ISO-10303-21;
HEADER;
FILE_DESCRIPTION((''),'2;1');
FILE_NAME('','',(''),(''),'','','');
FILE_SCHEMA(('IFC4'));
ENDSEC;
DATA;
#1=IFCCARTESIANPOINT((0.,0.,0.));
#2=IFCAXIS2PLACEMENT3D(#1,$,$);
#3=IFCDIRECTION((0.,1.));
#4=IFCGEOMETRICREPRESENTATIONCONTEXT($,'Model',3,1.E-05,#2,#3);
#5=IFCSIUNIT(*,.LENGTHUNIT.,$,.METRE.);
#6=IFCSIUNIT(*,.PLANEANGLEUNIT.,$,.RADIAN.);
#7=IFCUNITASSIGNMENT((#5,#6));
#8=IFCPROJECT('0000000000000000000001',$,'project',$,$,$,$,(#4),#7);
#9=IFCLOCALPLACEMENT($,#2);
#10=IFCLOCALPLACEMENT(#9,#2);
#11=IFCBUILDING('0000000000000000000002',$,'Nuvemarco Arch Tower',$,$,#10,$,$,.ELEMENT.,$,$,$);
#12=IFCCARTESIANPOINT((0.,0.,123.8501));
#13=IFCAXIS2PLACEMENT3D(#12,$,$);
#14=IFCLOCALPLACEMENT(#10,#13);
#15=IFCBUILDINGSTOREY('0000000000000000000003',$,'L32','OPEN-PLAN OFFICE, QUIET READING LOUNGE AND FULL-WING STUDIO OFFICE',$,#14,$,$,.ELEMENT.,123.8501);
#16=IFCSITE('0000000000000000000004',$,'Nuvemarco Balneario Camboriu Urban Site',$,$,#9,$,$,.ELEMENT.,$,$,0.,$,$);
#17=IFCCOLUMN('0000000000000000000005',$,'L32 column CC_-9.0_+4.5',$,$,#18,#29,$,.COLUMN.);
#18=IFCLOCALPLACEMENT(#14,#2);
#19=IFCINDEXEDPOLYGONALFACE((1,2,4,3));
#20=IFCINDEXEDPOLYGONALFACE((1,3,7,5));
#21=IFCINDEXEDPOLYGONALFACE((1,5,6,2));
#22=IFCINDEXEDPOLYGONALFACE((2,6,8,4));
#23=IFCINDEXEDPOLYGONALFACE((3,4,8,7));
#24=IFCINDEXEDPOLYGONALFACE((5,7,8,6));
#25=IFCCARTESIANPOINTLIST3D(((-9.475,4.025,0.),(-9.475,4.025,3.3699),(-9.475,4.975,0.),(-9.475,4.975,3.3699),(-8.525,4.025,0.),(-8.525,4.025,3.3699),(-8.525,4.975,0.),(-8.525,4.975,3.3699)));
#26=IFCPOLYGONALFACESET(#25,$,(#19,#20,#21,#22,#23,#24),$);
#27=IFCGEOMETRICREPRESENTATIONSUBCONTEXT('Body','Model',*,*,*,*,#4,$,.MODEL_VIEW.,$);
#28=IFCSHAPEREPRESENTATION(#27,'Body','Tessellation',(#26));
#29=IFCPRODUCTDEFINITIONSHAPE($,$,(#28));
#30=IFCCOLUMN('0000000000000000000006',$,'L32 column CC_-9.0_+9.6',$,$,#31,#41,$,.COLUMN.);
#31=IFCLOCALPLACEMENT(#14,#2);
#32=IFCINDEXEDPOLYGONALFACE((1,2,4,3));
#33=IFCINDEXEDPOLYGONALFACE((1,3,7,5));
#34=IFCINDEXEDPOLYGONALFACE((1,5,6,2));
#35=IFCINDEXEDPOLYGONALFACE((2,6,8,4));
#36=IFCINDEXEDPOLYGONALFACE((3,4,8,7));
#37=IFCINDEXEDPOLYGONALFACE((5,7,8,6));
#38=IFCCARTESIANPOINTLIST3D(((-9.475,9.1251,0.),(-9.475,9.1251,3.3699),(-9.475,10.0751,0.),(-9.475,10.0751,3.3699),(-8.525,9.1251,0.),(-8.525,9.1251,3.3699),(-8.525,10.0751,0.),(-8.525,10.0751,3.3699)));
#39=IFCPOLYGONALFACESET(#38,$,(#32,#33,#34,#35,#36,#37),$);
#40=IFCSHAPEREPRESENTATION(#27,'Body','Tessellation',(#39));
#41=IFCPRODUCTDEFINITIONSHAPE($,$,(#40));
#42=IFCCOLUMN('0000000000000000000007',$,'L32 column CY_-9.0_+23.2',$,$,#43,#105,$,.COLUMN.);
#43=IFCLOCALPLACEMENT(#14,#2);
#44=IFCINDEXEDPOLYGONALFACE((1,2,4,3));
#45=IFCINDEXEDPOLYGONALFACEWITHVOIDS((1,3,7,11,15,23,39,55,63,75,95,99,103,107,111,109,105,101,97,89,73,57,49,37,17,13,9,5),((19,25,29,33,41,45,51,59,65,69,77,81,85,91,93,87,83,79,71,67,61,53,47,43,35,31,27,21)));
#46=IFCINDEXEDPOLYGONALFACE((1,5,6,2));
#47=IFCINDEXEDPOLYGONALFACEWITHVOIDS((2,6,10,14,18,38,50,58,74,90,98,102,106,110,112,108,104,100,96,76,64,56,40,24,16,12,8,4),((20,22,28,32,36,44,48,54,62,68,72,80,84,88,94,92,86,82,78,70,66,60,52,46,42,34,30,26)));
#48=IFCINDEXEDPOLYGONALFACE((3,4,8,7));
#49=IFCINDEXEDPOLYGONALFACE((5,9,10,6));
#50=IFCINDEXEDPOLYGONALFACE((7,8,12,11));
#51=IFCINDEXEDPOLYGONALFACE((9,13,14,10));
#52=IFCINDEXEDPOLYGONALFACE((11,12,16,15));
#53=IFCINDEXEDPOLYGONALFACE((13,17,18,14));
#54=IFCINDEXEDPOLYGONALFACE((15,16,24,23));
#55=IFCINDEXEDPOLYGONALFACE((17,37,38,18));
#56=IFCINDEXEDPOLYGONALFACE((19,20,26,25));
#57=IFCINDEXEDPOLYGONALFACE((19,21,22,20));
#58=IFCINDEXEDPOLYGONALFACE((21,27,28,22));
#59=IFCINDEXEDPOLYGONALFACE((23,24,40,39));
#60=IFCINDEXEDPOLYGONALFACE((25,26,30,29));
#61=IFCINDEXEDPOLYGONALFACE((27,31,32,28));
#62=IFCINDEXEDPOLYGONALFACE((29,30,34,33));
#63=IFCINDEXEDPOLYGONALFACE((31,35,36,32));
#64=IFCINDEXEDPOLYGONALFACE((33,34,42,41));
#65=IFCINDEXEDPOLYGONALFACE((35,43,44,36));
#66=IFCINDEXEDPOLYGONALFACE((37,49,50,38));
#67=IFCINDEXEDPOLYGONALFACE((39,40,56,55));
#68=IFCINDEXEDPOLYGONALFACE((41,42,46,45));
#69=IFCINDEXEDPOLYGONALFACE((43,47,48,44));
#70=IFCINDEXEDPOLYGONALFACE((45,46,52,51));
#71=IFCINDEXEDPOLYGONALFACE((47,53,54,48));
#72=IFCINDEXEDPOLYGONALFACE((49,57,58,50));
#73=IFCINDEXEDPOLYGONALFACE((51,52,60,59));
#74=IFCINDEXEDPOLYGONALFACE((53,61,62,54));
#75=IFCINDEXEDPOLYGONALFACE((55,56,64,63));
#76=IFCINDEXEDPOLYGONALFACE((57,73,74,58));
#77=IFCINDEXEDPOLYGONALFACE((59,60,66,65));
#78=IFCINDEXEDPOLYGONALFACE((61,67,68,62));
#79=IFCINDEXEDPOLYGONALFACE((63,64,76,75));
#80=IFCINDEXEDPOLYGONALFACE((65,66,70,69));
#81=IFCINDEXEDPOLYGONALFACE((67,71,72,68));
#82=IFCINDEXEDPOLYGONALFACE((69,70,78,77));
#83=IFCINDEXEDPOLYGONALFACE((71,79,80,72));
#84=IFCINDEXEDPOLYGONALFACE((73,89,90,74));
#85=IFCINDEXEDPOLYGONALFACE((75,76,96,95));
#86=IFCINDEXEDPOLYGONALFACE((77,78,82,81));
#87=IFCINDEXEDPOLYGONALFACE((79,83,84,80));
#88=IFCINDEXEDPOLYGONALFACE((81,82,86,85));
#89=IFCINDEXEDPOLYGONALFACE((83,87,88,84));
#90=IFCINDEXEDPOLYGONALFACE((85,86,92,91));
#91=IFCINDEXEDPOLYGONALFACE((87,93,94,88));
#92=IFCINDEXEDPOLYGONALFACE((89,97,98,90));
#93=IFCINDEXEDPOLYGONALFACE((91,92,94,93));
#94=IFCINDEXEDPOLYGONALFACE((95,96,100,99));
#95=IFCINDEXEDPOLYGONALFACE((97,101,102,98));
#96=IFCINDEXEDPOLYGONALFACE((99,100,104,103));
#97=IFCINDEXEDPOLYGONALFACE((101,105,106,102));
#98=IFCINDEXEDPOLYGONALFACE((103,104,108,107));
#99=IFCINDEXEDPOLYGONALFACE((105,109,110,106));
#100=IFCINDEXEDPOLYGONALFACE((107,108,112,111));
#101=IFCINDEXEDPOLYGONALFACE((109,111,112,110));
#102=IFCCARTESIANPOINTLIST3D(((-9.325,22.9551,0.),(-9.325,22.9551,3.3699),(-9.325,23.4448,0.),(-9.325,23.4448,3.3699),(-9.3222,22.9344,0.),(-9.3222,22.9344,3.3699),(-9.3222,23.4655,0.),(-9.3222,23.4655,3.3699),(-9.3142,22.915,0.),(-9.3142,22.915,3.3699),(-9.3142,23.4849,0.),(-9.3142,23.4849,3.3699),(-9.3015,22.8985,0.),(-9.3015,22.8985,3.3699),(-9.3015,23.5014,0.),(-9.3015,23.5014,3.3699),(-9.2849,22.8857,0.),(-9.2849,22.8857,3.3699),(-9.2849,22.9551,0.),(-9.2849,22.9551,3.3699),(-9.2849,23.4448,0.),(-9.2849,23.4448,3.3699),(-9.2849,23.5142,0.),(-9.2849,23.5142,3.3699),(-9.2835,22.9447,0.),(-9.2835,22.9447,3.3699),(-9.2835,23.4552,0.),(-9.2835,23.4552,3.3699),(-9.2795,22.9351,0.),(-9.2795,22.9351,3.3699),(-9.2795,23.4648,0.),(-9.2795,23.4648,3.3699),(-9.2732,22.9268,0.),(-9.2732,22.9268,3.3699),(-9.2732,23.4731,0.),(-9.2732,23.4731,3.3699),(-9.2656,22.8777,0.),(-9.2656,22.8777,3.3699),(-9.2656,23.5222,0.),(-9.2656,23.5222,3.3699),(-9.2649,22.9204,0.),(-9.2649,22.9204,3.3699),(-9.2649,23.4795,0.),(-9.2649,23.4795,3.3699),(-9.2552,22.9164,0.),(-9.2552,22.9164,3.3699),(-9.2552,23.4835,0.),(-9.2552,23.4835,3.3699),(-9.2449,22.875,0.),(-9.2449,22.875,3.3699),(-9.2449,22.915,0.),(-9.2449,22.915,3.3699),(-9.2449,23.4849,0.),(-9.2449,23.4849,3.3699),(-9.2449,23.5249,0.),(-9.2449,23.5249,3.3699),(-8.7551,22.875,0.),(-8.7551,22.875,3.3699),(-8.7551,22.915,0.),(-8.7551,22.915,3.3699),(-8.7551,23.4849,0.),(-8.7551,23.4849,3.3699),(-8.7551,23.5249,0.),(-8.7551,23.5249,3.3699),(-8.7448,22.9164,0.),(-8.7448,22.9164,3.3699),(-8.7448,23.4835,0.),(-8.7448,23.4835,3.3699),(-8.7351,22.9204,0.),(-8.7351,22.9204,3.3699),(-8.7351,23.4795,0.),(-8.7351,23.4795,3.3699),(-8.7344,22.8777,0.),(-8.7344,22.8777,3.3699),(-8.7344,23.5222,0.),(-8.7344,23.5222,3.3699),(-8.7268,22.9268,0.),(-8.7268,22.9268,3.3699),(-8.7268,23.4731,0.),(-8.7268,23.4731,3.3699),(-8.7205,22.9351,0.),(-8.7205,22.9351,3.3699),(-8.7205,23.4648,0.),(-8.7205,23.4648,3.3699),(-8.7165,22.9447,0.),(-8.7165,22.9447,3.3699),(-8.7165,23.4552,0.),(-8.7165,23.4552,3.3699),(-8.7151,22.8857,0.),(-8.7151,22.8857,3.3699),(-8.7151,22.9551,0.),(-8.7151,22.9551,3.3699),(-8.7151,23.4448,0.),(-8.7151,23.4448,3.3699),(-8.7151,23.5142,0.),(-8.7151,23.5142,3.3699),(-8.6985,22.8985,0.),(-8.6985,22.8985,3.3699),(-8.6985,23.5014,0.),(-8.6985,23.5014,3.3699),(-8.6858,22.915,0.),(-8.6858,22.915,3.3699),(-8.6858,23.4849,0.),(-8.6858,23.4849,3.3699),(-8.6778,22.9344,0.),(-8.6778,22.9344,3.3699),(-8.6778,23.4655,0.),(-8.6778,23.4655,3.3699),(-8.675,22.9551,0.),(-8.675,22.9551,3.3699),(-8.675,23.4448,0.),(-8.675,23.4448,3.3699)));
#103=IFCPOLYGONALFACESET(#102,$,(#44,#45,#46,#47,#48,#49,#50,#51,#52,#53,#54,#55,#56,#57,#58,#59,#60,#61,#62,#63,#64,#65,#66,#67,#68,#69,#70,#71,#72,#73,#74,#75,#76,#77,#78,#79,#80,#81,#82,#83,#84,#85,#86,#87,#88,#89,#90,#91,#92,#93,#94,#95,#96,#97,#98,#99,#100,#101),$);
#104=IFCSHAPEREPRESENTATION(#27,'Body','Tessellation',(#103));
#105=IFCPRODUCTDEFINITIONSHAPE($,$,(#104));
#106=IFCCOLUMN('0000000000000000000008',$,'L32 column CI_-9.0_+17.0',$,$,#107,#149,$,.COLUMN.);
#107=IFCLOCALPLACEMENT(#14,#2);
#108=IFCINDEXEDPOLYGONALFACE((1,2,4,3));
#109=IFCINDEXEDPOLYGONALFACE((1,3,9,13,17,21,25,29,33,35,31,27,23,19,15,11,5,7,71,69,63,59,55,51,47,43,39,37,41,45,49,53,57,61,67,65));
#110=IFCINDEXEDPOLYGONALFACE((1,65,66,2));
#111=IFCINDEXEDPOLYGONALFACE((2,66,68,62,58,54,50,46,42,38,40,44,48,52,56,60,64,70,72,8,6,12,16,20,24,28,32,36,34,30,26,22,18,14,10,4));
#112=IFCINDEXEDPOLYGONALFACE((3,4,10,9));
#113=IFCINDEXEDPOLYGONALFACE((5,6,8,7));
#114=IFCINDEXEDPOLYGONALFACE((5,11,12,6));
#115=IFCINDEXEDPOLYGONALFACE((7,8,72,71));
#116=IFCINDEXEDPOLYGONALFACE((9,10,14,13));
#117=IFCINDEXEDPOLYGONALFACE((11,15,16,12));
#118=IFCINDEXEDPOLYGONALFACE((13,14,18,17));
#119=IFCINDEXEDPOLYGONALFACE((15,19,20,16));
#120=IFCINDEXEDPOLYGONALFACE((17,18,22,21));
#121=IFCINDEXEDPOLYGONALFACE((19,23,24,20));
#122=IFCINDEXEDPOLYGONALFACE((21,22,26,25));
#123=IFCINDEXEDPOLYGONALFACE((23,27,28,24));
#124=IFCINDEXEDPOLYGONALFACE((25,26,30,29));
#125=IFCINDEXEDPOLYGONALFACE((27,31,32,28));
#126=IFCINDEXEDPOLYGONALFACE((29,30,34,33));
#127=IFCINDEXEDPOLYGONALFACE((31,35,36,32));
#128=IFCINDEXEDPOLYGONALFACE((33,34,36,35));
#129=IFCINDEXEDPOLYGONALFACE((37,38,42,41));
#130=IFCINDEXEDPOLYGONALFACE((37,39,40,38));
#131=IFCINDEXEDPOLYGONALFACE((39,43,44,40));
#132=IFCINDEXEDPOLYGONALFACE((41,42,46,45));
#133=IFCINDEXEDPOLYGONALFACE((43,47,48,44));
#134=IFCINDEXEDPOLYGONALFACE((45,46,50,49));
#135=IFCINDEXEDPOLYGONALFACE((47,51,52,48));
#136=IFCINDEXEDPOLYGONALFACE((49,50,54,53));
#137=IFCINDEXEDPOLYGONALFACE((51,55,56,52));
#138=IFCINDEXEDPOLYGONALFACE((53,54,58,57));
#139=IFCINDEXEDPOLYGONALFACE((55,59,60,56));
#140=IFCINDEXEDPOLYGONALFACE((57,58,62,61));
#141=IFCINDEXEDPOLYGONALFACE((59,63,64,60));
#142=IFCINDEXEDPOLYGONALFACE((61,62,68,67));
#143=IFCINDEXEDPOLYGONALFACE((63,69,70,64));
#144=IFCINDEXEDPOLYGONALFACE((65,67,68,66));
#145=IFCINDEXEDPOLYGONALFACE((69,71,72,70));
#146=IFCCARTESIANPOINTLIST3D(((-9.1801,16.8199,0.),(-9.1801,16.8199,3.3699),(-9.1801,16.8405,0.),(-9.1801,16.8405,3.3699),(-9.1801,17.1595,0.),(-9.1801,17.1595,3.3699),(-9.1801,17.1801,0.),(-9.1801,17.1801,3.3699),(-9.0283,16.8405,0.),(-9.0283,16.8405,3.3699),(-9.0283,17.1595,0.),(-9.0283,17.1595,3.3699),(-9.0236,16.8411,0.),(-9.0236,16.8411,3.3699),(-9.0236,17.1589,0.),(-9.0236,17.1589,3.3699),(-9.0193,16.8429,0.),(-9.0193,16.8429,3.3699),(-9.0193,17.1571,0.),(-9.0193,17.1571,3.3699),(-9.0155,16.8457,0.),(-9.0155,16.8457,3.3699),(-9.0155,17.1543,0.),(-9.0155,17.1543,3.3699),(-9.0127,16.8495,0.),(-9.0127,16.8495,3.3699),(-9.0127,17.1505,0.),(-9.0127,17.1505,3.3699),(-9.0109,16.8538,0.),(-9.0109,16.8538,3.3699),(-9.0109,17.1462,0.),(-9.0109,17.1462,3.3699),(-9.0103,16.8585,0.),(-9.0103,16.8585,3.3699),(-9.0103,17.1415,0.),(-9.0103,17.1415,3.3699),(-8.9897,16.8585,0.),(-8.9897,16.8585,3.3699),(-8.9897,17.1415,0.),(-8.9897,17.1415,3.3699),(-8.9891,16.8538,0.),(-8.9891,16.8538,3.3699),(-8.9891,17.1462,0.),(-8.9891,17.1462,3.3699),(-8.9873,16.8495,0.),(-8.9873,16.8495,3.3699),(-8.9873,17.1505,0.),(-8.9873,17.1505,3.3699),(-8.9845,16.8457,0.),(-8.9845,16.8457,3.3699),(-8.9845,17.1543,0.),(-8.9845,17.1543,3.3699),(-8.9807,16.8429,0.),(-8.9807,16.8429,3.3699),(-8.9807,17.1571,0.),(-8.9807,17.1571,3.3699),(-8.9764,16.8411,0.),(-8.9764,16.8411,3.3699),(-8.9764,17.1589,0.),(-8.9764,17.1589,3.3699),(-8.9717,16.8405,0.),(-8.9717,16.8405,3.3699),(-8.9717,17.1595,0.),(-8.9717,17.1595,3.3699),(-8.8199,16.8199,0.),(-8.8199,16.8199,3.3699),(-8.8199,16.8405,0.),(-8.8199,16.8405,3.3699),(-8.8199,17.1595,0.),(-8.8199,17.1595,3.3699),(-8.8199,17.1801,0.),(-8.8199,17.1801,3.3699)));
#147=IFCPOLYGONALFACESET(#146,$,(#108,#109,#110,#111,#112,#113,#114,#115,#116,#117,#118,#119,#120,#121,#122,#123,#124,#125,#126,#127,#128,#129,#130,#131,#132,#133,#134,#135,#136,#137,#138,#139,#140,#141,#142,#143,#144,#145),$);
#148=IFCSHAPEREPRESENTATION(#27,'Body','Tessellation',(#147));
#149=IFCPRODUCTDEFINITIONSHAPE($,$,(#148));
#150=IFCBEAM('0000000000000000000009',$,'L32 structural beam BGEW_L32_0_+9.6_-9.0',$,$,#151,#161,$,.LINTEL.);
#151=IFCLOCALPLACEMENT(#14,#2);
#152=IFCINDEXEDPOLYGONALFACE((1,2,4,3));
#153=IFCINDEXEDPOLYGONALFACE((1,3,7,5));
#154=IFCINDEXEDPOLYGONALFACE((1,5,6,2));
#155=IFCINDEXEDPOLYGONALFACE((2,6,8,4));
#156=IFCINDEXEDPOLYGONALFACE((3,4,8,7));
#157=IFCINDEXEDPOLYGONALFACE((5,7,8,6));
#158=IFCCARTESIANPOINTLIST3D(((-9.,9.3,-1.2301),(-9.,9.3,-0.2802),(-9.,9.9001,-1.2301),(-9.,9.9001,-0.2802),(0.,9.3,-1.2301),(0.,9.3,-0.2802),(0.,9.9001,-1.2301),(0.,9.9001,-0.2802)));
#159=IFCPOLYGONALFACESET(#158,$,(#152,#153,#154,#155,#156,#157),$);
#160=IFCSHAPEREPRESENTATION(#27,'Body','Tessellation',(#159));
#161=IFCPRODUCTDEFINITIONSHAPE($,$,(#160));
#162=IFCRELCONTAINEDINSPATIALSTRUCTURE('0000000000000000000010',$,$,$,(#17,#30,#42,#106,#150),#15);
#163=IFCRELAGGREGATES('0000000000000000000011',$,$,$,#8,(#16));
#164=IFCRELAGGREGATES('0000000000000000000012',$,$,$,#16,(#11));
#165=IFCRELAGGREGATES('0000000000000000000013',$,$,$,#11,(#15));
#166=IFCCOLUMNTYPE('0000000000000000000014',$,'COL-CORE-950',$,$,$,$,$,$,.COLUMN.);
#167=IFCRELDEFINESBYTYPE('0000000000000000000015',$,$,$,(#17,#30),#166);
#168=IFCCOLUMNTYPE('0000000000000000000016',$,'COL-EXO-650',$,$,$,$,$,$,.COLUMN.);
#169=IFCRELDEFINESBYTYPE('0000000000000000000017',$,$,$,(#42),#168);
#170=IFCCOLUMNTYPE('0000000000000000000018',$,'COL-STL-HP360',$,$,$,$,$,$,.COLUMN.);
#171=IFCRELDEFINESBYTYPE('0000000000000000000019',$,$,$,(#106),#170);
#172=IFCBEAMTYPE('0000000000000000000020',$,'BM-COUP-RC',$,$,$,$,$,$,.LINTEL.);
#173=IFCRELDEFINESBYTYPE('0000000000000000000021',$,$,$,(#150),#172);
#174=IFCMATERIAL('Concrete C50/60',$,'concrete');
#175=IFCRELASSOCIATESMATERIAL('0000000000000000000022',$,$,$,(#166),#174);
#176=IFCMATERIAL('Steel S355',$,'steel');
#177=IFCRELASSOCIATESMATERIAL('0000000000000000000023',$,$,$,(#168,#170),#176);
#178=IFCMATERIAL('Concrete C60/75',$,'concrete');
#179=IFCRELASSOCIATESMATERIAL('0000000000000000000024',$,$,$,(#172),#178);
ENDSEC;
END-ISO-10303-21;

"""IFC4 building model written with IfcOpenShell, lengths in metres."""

from ifc_helpers import new_model, si_unit, direction, frame, origin, origin_2d, place, context, subcontext, project, spatial, rectangle, hollow_rectangle, i_section, extrude, material, material_profile, profile_set, type_object, element, save


model = new_model("IFC4")

# Units and contexts
model_context = context("Model", 3, precision=1e-05, world=origin(), true_north=direction((0.0, 1.0)))
body_context = subcontext(model_context, "Body", "Model", "MODEL_VIEW")
ifc_project = project(units=[si_unit("LENGTHUNIT", "METRE"), si_unit("PLANEANGLEUNIT", "RADIAN")], contexts=[model_context])

# Site, building, storey
site_placement = place(None, origin())
site = spatial("IfcSite", under=ifc_project, at=site_placement, Name="Nuvemarco Balneario Camboriu Urban Site", CompositionType="ELEMENT", RefElevation=0.0)
building_placement = place(site_placement, origin())
building = spatial("IfcBuilding", under=site, at=building_placement, Name="Nuvemarco Arch Tower", CompositionType="ELEMENT")
storey_placement = place(building_placement, frame((0.0, 0.0, 123.8501)))
storey = spatial("IfcBuildingStorey", under=building, at=storey_placement, Name="L32", Description="OPEN-PLAN OFFICE, QUIET READING LOUNGE AND FULL-WING STUDIO OFFICE", CompositionType="ELEMENT", Elevation=123.8501)

# Columns
ifc_material_1 = material(Name="Concrete C50/60", Category="concrete")
ifc_material_profile_1 = material_profile(ifc_material_1, rectangle(XDim=0.95, YDim=0.95, at=origin_2d()), Name="RC-COL-950x950")
ifc_profile_set_1 = profile_set([ifc_material_profile_1], Name="Concrete C50/60")
column_type_1 = type_object("IfcColumnType", Name="COL-CORE-950", PredefinedType="COLUMN", material=ifc_profile_set_1)
for number, where, z_axis, x_axis, name in (
    (1, (-9.0, 4.5, 0.0), (0.0, 0.0, 1.0), (1.0, 0.0, 0.0), "L32 column CC_-9.0_+4.5"),
    (2, (-9.0, 9.6001, 0.0), (0.0, 0.0, 1.0), (1.0, 0.0, 0.0), "L32 column CC_-9.0_+9.6"),
):
    element("IfcColumn", number, at=place(storey_placement, frame(where, z_axis=z_axis, x_axis=x_axis)), inside=storey, type_object=column_type_1, Name=name, PredefinedType="COLUMN", context=body_context, shape_type="SweptSolid", body=[
        extrude(rectangle(XDim=0.95, YDim=0.95, at=origin_2d()), origin(), (0.0, 0.0, 1.0), 3.3699),
    ])
ifc_material_2 = material(Name="Steel S355", Category="steel")
ifc_material_profile_2 = material_profile(ifc_material_2, hollow_rectangle(XDim=0.6499, YDim=0.6499, WallThickness=0.04, InnerFilletRadius=0.04, OuterFilletRadius=0.0801, at=origin_2d()), Name="SHS650x650x40")
ifc_profile_set_2 = profile_set([ifc_material_profile_2], Name="Steel S355")
column_type_2 = type_object("IfcColumnType", Name="COL-EXO-650", PredefinedType="COLUMN", material=ifc_profile_set_2)
column_1_placement = place(storey_placement, frame((-9.0, 23.2, 0.0), z_axis=(0.0, 0.0, 1.0), x_axis=(1.0, 0.0, 0.0)))
element("IfcColumn", 3, at=column_1_placement, inside=storey, type_object=column_type_2, Name="L32 column CY_-9.0_+23.2", PredefinedType="COLUMN", context=body_context, shape_type="SweptSolid", body=[
    extrude(hollow_rectangle(XDim=0.6499, YDim=0.6499, WallThickness=0.04, InnerFilletRadius=0.04, OuterFilletRadius=0.0801, at=origin_2d()), origin(), (0.0, 0.0, 1.0), 3.3699),
])
ifc_material_profile_3 = material_profile(ifc_material_2, i_section(OverallWidth=0.3601, OverallDepth=0.3601, WebThickness=0.0205, FlangeThickness=0.0205, FilletRadius=0.0181, at=origin_2d()), Name="HP360x174")
ifc_profile_set_3 = profile_set([ifc_material_profile_3], Name="Steel S355")
column_type_3 = type_object("IfcColumnType", Name="COL-STL-HP360", PredefinedType="COLUMN", material=ifc_profile_set_3)
column_2_placement = place(storey_placement, frame((-9.0, 17.0, 0.0), z_axis=(0.0, 0.0, 1.0), x_axis=(1.0, 0.0, 0.0)))
element("IfcColumn", 4, at=column_2_placement, inside=storey, type_object=column_type_3, Name="L32 column CI_-9.0_+17.0", PredefinedType="COLUMN", context=body_context, shape_type="SweptSolid", body=[
    extrude(i_section(OverallWidth=0.3601, OverallDepth=0.3601, WebThickness=0.0205, FlangeThickness=0.0205, FilletRadius=0.0181, at=origin_2d()), origin(), (0.0, 0.0, 1.0), 3.3699),
])

# Beam
ifc_material_3 = material(Name="Concrete C60/75", Category="concrete")
ifc_material_profile_4 = material_profile(ifc_material_3, rectangle(XDim=0.6001, YDim=0.95, at=origin_2d()), Name="RC-BM-600x950")
ifc_profile_set_4 = profile_set([ifc_material_profile_4], Name="Concrete C60/75")
beam_type_1 = type_object("IfcBeamType", Name="BM-COUP-RC", PredefinedType="LINTEL", material=ifc_profile_set_4)
beam_1_placement = place(storey_placement, frame((-9.0, 9.6001, -0.7551), z_axis=(1.0, 0.0, 0.0), x_axis=(0.0, 1.0, 0.0)))
element("IfcBeam", 5, at=beam_1_placement, inside=storey, type_object=beam_type_1, Name="L32 structural beam BGEW_L32_0_+9.6_-9.0", PredefinedType="LINTEL", context=body_context, shape_type="SweptSolid", body=[
    extrude(rectangle(XDim=0.6001, YDim=0.95, at=origin_2d()), origin(), (0.0, 0.0, 1.0), 9.0),
])

save(model, "model.ifc")
